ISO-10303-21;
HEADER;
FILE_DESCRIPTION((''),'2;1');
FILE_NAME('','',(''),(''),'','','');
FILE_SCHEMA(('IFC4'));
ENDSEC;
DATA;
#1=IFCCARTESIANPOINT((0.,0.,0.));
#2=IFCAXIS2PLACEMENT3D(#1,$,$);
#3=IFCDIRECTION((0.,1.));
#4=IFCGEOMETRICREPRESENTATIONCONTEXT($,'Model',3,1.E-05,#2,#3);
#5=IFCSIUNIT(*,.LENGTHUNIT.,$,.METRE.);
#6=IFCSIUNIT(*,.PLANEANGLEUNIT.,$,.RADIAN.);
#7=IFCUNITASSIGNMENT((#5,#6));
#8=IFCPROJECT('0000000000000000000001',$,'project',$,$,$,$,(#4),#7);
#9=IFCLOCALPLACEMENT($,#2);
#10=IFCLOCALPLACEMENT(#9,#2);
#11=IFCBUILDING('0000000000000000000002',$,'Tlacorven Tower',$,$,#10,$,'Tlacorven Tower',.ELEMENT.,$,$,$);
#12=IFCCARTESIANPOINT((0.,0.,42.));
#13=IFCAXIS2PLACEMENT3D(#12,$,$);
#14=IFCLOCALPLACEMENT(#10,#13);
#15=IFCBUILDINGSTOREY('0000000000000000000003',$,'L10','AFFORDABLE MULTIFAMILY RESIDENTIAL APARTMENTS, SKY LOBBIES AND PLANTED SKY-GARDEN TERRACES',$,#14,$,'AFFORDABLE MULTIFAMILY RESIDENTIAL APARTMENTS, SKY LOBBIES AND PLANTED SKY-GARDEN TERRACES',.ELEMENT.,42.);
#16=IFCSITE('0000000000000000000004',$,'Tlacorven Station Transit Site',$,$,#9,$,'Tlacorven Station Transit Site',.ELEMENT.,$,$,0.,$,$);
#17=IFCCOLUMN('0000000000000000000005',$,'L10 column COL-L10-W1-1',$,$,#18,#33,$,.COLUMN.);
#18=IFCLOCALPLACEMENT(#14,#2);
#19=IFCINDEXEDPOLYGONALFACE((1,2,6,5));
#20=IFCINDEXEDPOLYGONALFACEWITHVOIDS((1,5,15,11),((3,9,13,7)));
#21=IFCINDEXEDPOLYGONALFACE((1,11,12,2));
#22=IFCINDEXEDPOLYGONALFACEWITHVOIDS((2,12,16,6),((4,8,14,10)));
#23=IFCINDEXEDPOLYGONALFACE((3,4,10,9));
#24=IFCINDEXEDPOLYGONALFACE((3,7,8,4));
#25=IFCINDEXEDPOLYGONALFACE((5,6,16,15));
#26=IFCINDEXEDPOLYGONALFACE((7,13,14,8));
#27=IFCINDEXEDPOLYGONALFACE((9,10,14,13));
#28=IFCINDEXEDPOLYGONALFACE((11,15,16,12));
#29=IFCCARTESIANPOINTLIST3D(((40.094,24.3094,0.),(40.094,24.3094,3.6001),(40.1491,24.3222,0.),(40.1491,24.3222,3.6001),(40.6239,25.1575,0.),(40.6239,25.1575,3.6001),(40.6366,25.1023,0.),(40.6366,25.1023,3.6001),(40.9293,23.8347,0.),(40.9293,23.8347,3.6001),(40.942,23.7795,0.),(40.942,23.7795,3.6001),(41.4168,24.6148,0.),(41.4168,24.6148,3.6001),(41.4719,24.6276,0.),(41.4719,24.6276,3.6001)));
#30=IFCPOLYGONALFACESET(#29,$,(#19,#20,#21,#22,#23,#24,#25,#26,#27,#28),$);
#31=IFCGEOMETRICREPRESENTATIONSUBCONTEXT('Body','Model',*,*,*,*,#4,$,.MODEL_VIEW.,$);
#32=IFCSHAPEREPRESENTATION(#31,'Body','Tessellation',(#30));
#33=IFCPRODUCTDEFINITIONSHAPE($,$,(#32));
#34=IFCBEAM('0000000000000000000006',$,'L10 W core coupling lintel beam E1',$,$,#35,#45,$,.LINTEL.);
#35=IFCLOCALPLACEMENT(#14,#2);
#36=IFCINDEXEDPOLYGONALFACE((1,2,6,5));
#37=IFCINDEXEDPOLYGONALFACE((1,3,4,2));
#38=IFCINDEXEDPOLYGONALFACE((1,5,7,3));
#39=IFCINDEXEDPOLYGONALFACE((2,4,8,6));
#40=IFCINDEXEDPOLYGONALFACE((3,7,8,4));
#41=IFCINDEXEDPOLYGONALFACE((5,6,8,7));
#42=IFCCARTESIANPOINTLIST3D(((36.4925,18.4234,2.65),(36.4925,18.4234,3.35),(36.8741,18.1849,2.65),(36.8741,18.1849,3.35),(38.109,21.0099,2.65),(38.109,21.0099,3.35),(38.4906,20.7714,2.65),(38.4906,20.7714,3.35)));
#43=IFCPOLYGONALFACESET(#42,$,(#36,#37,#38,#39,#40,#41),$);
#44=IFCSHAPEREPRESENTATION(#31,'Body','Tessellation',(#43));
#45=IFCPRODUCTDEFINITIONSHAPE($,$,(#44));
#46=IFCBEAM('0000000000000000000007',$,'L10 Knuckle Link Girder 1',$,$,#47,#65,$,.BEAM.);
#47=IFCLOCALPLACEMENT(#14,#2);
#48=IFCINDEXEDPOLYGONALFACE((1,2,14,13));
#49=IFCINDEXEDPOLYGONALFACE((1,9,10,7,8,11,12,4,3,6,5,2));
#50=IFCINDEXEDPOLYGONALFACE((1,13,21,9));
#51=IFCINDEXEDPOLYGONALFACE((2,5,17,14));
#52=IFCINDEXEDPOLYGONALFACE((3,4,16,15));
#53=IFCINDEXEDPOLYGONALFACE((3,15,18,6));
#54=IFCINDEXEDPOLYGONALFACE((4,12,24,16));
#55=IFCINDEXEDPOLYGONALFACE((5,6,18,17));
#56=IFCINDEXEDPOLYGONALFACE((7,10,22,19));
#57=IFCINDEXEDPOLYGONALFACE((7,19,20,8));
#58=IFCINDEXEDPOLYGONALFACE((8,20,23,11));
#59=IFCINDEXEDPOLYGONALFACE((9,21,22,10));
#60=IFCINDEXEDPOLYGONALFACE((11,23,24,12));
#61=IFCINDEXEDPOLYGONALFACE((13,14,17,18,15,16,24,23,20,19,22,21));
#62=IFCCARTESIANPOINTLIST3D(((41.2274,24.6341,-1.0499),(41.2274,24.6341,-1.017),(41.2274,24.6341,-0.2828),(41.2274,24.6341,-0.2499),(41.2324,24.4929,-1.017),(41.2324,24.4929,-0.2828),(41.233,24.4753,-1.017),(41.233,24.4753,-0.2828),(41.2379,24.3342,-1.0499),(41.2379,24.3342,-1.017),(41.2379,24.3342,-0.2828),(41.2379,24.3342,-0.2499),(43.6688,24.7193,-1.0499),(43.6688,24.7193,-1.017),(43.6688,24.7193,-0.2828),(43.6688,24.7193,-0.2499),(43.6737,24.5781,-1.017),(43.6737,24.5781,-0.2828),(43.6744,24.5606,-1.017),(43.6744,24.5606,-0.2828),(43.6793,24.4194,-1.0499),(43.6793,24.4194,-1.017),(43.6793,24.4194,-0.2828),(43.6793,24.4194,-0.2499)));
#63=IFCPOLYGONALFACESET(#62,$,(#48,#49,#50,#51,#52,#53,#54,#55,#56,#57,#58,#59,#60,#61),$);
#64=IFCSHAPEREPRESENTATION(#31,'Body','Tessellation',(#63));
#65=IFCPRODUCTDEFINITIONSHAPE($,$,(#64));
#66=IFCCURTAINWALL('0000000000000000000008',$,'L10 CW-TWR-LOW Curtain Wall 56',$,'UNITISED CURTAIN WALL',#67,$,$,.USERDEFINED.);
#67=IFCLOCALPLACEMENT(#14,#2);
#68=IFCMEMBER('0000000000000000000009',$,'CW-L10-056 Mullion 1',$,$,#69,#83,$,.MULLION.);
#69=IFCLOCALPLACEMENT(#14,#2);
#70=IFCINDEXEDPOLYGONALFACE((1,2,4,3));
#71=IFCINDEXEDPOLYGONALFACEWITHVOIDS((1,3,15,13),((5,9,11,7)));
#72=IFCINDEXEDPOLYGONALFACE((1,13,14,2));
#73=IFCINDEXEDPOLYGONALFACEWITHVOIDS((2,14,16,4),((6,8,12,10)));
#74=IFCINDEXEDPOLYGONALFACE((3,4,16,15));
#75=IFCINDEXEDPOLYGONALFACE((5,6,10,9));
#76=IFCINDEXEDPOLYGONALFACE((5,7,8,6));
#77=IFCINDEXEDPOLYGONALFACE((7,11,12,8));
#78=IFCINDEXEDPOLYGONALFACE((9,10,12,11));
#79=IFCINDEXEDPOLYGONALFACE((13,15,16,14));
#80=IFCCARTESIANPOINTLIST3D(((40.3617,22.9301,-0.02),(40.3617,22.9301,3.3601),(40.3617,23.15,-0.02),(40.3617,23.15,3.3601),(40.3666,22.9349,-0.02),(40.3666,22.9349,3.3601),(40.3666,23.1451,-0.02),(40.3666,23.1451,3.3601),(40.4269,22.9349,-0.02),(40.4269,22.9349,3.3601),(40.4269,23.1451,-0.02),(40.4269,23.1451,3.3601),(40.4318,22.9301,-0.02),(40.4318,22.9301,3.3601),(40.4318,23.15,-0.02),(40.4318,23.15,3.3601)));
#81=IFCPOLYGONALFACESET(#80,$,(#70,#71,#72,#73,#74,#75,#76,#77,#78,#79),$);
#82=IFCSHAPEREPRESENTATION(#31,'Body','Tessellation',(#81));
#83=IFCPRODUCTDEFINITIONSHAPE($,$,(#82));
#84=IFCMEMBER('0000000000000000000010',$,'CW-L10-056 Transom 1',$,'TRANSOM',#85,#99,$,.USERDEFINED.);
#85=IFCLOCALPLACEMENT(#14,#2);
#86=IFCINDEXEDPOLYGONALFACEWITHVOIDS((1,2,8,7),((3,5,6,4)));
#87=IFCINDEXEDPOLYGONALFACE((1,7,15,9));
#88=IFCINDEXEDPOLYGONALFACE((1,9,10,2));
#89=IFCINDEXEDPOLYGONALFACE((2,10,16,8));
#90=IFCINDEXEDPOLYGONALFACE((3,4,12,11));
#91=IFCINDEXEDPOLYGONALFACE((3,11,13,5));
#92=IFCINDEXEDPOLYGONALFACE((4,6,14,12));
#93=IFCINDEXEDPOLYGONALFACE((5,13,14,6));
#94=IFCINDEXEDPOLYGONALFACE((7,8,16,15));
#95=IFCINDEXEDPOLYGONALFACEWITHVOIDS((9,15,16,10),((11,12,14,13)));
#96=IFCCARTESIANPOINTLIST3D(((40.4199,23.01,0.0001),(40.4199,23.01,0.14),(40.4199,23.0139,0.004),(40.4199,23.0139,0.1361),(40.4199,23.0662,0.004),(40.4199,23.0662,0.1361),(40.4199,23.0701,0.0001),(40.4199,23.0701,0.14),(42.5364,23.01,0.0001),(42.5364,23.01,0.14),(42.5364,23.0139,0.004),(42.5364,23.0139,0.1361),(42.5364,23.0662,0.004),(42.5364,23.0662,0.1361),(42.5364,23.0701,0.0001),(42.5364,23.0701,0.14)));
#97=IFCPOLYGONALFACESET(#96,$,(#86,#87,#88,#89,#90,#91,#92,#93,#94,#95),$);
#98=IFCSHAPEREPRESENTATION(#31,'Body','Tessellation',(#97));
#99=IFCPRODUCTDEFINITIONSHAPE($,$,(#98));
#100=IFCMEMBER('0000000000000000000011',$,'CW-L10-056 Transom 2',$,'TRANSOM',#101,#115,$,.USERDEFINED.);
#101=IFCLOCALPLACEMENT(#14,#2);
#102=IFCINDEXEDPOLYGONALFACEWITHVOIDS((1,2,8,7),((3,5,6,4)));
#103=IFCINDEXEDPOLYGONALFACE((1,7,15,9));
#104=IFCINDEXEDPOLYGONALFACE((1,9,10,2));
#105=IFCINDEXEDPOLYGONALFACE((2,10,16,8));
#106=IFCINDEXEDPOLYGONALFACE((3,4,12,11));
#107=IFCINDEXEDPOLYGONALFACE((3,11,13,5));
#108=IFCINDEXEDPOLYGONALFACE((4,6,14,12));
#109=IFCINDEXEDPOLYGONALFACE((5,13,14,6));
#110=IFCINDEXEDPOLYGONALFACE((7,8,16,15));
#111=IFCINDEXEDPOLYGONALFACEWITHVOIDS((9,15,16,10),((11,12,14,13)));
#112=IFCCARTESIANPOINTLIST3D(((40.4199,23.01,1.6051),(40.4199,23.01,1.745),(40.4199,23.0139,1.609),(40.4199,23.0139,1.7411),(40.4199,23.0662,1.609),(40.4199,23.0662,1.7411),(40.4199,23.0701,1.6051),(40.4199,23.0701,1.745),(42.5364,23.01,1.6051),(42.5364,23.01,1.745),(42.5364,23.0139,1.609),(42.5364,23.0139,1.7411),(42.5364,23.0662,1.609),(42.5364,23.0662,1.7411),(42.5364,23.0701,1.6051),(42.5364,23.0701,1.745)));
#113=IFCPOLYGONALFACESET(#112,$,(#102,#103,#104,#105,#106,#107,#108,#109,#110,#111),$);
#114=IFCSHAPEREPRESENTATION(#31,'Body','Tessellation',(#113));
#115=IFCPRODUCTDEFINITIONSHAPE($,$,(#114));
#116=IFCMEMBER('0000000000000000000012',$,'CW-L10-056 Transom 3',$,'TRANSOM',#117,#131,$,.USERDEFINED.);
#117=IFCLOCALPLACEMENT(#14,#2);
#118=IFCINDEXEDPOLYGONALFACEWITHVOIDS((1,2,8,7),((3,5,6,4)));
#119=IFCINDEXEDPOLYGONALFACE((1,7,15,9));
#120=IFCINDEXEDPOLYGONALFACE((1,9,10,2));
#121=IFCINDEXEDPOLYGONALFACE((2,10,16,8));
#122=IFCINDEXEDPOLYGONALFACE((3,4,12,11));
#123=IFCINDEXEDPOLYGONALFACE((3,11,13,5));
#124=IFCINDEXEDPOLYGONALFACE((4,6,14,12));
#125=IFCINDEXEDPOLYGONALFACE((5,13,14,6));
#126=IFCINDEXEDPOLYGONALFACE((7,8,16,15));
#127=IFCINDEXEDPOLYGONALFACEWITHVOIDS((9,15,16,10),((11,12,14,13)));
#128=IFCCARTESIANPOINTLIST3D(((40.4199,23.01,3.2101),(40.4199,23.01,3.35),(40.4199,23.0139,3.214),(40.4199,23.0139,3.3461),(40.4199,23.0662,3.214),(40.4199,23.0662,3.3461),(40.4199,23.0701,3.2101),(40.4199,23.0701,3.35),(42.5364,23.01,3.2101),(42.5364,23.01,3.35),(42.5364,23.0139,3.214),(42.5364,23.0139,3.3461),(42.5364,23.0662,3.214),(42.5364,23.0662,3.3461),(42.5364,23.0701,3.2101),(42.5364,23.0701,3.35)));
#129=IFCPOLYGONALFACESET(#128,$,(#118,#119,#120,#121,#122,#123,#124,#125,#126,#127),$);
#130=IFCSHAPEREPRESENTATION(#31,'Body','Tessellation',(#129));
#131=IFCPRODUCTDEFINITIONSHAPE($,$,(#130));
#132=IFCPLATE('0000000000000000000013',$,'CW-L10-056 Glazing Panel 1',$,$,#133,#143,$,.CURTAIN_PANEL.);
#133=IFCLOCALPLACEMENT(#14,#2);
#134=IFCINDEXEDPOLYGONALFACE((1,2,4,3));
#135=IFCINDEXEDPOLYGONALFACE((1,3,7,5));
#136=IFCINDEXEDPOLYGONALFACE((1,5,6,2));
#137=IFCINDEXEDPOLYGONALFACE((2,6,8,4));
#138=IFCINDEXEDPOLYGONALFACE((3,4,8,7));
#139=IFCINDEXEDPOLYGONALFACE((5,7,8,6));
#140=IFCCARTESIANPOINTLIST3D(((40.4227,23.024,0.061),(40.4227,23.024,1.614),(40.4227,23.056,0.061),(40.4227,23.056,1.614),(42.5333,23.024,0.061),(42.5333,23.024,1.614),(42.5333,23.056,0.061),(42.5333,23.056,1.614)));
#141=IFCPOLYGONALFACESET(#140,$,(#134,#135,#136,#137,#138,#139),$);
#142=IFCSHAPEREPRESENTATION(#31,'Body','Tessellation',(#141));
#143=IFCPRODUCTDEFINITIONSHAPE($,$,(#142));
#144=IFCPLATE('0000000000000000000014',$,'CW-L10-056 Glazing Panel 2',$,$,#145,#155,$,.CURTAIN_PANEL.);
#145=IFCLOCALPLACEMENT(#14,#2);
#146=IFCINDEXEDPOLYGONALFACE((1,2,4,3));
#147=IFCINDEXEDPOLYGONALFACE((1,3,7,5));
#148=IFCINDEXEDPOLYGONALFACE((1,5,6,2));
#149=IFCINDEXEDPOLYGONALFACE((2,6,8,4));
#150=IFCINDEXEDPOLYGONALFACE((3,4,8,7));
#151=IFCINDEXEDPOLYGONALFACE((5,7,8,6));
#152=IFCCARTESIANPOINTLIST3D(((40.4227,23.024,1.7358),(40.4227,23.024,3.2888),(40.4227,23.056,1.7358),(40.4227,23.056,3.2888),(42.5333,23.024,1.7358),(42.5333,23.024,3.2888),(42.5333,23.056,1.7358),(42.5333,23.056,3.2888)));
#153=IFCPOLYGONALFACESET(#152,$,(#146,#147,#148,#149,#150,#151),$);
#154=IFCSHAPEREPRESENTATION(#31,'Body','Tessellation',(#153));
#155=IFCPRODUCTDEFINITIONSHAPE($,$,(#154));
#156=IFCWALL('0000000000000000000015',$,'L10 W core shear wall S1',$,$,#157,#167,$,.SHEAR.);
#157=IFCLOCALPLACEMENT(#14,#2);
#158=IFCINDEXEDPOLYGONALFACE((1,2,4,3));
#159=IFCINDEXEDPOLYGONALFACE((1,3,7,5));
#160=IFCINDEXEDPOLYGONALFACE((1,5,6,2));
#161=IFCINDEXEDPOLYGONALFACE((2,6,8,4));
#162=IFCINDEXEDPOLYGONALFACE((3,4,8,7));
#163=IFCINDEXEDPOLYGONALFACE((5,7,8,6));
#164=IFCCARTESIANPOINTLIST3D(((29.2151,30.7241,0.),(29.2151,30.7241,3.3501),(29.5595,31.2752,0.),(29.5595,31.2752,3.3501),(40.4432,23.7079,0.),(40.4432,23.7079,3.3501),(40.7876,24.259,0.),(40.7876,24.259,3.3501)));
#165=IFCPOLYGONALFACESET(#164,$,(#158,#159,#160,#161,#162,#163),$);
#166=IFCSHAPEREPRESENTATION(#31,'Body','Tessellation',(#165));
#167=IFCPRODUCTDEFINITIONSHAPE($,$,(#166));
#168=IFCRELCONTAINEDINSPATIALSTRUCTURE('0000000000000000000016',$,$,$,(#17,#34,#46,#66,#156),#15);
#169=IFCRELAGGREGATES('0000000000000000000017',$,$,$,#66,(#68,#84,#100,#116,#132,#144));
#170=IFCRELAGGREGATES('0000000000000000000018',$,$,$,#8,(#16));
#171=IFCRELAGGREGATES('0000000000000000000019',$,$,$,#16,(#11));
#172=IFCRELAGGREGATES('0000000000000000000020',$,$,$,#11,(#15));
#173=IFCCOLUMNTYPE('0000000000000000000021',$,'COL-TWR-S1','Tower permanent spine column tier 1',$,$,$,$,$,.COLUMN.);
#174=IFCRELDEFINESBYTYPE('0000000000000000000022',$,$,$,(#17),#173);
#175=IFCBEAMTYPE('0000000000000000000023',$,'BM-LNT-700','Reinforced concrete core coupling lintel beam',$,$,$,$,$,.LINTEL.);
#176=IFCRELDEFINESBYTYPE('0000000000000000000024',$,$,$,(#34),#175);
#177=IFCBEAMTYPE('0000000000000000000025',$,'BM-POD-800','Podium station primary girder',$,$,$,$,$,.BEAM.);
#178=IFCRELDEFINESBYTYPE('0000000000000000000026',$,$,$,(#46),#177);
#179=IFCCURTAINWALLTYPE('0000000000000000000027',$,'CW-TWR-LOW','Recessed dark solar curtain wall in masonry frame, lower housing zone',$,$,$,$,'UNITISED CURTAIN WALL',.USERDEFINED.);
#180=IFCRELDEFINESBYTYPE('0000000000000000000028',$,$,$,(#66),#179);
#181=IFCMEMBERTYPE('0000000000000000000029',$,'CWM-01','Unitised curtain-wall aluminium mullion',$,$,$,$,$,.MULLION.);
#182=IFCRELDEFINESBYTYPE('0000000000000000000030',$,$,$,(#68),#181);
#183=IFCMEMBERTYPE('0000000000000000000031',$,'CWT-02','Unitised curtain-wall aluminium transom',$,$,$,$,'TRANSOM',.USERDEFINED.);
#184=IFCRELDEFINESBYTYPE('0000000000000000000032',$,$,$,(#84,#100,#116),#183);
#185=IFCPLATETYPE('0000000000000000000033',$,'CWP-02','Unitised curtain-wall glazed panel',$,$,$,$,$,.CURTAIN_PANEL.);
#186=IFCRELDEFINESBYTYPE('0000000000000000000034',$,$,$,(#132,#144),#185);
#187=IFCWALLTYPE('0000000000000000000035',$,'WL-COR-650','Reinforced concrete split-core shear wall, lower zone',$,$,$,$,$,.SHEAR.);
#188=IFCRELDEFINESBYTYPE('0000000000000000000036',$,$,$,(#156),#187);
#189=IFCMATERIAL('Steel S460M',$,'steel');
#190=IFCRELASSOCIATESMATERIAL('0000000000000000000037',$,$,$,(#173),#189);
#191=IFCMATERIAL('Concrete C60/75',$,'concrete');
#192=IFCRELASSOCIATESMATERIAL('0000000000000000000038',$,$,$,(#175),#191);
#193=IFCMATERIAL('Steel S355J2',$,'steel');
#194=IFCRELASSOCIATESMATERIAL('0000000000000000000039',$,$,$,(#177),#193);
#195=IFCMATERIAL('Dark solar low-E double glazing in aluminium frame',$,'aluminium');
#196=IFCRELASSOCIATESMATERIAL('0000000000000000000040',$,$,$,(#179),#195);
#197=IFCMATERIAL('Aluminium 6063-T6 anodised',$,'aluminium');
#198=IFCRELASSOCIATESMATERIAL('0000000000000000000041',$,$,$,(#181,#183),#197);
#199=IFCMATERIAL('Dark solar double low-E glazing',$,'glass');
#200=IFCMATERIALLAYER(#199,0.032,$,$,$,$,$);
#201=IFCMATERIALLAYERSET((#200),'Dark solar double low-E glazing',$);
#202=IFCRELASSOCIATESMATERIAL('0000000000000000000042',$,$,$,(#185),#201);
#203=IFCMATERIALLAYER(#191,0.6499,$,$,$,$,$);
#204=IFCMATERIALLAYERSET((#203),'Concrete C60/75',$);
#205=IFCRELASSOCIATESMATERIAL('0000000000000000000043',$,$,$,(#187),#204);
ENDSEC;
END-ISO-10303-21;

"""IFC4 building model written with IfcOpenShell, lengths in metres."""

from ifc_helpers import new_model, si_unit, direction, frame, frame_2d, origin, origin_2d, place, context, subcontext, project, spatial, rectangle, hollow_rectangle, i_section, extrude, source, transform, mapped, material, layer, layer_set, material_profile, profile_set, type_object, element, aggregate, save


model = new_model("IFC4")

# Units and contexts
model_context = context("Model", 3, precision=1e-05, world=origin(), true_north=direction((0.0, 1.0)))
body_context = subcontext(model_context, "Body", "Model", "MODEL_VIEW")
ifc_project = project(units=[si_unit("LENGTHUNIT", "METRE"), si_unit("PLANEANGLEUNIT", "RADIAN")], contexts=[model_context])

# Site, building, storey
site_placement = place(None, origin())
site = spatial("IfcSite", under=ifc_project, at=site_placement, Name="Tlacorven Station Transit Site", LongName="Tlacorven Station Transit Site", CompositionType="ELEMENT", RefElevation=0.0)
building_placement = place(site_placement, origin())
building = spatial("IfcBuilding", under=site, at=building_placement, Name="Tlacorven Tower", LongName="Tlacorven Tower", CompositionType="ELEMENT")
storey_placement = place(building_placement, frame((0.0, 0.0, 42.0)))
storey = spatial("IfcBuildingStorey", under=building, at=storey_placement, Name="L10", Description="AFFORDABLE MULTIFAMILY RESIDENTIAL APARTMENTS, SKY LOBBIES AND PLANTED SKY-GARDEN TERRACES", LongName="AFFORDABLE MULTIFAMILY RESIDENTIAL APARTMENTS, SKY LOBBIES AND PLANTED SKY-GARDEN TERRACES", CompositionType="ELEMENT", Elevation=42.0)

# Column
ifc_material_1 = material(Name="Steel S460M", Category="steel")
ifc_material_profile_1 = material_profile(ifc_material_1, hollow_rectangle(XDim=1.0, YDim=1.0, WallThickness=0.04, at=origin_2d()), Name="BOX 1000X1000X40")
ifc_profile_set_1 = profile_set([ifc_material_profile_1], Name="Steel S460M")
column_type = type_object("IfcColumnType", Name="COL-TWR-S1", Description="Tower permanent spine column tier 1", PredefinedType="COLUMN", material=ifc_profile_set_1)
shared_shape_1 = source(origin(), body_context, "Body", "SweptSolid", [
    extrude(hollow_rectangle(XDim=1.0, YDim=1.0, WallThickness=0.04, at=origin_2d()), origin(), (0.0, 0.0, 1.0), 3.6001),
])
column_placement = place(storey_placement, frame((40.783, 24.4685, 0.0), z_axis=(0.0, 0.0, 1.0), x_axis=(-0.848048, 0.529919, 0.0)))
element("IfcColumn", 1, at=column_placement, inside=storey, type_object=column_type, Name="L10 column COL-L10-W1-1", PredefinedType="COLUMN", context=body_context, shape_type="MappedRepresentation", body=[
    mapped(shared_shape_1, transform((0.0, 0.0, 0.0), scale=1.0)),
])

# Beams
ifc_material_2 = material(Name="Concrete C60/75", Category="concrete")
ifc_material_profile_2 = material_profile(ifc_material_2, rectangle(XDim=0.45, YDim=0.7, at=origin_2d()), Name="RC 450X700")
ifc_profile_set_2 = profile_set([ifc_material_profile_2], Name="Concrete C60/75")
beam_type_1 = type_object("IfcBeamType", Name="BM-LNT-700", Description="Reinforced concrete core coupling lintel beam", PredefinedType="LINTEL", material=ifc_profile_set_2)
shared_shape_2 = source(origin(), body_context, "Body", "SweptSolid", [
    extrude(rectangle(XDim=0.45, YDim=0.7, at=origin_2d()), origin(), (0.0, 0.0, 1.0), 3.05),
])
beam_1_placement = place(storey_placement, frame((38.2998, 20.8906, 3.0), z_axis=(-0.529985, -0.848007, 0.0), x_axis=(0.848007, -0.529985, 0.0)))
element("IfcBeam", 2, at=beam_1_placement, inside=storey, type_object=beam_type_1, Name="L10 W core coupling lintel beam E1", PredefinedType="LINTEL", context=body_context, shape_type="MappedRepresentation", body=[
    mapped(shared_shape_2, transform((0.0, 0.0, 0.0), scale=1.0)),
])
ifc_material_3 = material(Name="Steel S355J2", Category="steel")
ifc_material_profile_3 = material_profile(ifc_material_3, i_section(OverallWidth=0.3, OverallDepth=0.8, WebThickness=0.0176, FlangeThickness=0.033, at=origin_2d()), Name="HEB 800")
ifc_profile_set_3 = profile_set([ifc_material_profile_3], Name="Steel S355J2")
beam_type_2 = type_object("IfcBeamType", Name="BM-POD-800", Description="Podium station primary girder", PredefinedType="BEAM", material=ifc_profile_set_3)
shared_shape_3 = source(origin(), body_context, "Body", "SweptSolid", [
    extrude(i_section(OverallWidth=0.3, OverallDepth=0.8, WebThickness=0.0176, FlangeThickness=0.033, at=origin_2d()), origin(), (0.0, 0.0, 1.0), 2.4429),
])
beam_2_placement = place(storey_placement, frame((41.2327, 24.4841, -0.6499), z_axis=(0.999392, 0.034879, 0.0), x_axis=(-0.034879, 0.999392, 0.0)))
element("IfcBeam", 3, at=beam_2_placement, inside=storey, type_object=beam_type_2, Name="L10 Knuckle Link Girder 1", PredefinedType="BEAM", context=body_context, shape_type="MappedRepresentation", body=[
    mapped(shared_shape_3, transform((0.0, 0.0, 0.0), scale=1.0)),
])

# Curtain wall, members, plates
ifc_material_4 = material(Name="Dark solar low-E double glazing in aluminium frame", Category="aluminium")
curtain_wall_type = type_object("IfcCurtainWallType", Name="CW-TWR-LOW", Description="Recessed dark solar curtain wall in masonry frame, lower housing zone", ElementType="UNITISED CURTAIN WALL", PredefinedType="USERDEFINED", material=ifc_material_4)
curtain_wall_placement = place(storey_placement, origin())
curtain_wall = element("IfcCurtainWall", 4, at=curtain_wall_placement, inside=storey, type_object=curtain_wall_type, Name="L10 CW-TWR-LOW Curtain Wall 56", ObjectType="UNITISED CURTAIN WALL", PredefinedType="USERDEFINED")
ifc_material_5 = material(Name="Aluminium 6063-T6 anodised", Category="aluminium")
ifc_material_profile_4 = material_profile(ifc_material_5, hollow_rectangle(XDim=0.0701, YDim=0.22, WallThickness=0.0049, at=origin_2d()), Name="ALU MULLION 70X220")
ifc_profile_set_4 = profile_set([ifc_material_profile_4], Name="Aluminium 6063-T6 anodised")
member_type_1 = type_object("IfcMemberType", Name="CWM-01", Description="Unitised curtain-wall aluminium mullion", PredefinedType="MULLION", material=ifc_profile_set_4)
shared_shape_4 = source(origin(), body_context, "Body", "SweptSolid", [
    extrude(hollow_rectangle(XDim=0.0701, YDim=0.22, WallThickness=0.0049, at=origin_2d()), origin(), (0.0, 0.0, 1.0), 3.3801),
])
member_1_placement = place(storey_placement, frame((40.3967, 23.04, -0.02), z_axis=(0.0, 0.0, 1.0), x_axis=(1.0, 0.0, 0.0)))
member_1 = element("IfcMember", 5, at=member_1_placement, type_object=member_type_1, Name="CW-L10-056 Mullion 1", PredefinedType="MULLION", context=body_context, shape_type="MappedRepresentation", body=[
    mapped(shared_shape_4, transform((0.0, 0.0, 0.0), scale=1.0)),
])
ifc_material_profile_5 = material_profile(ifc_material_5, hollow_rectangle(XDim=0.0601, YDim=0.1399, WallThickness=0.0039, at=origin_2d()), Name="ALU TRANSOM 60X140")
ifc_profile_set_5 = profile_set([ifc_material_profile_5], Name="Aluminium 6063-T6 anodised")
member_type_2 = type_object("IfcMemberType", Name="CWT-02", Description="Unitised curtain-wall aluminium transom", ElementType="TRANSOM", PredefinedType="USERDEFINED", material=ifc_profile_set_5)
shared_shape_5 = source(origin(), body_context, "Body", "SweptSolid", [
    extrude(hollow_rectangle(XDim=0.0601, YDim=0.1399, WallThickness=0.0039, at=origin_2d()), origin(), (0.0, 0.0, 1.0), 2.1165),
])
member_2_placement = place(storey_placement, frame((40.4199, 23.04, 0.0701), z_axis=(1.0, 0.0, 0.0), x_axis=(0.0, 1.0, 0.0)))
member_2 = element("IfcMember", 6, at=member_2_placement, type_object=member_type_2, Name="CW-L10-056 Transom 1", ObjectType="TRANSOM", PredefinedType="USERDEFINED", context=body_context, shape_type="MappedRepresentation", body=[
    mapped(shared_shape_5, transform((0.0, 0.0, 0.0), scale=1.0)),
])
member_3_placement = place(storey_placement, frame((40.4199, 23.04, 1.675), z_axis=(1.0, 0.0, 0.0), x_axis=(0.0, 1.0, 0.0)))
member_3 = element("IfcMember", 7, at=member_3_placement, type_object=member_type_2, Name="CW-L10-056 Transom 2", ObjectType="TRANSOM", PredefinedType="USERDEFINED", context=body_context, shape_type="MappedRepresentation", body=[
    mapped(shared_shape_5, transform((0.0, 0.0, 0.0), scale=1.0)),
])
member_4_placement = place(storey_placement, frame((40.4199, 23.04, 3.28), z_axis=(1.0, 0.0, 0.0), x_axis=(0.0, 1.0, 0.0)))
member_4 = element("IfcMember", 8, at=member_4_placement, type_object=member_type_2, Name="CW-L10-056 Transom 3", ObjectType="TRANSOM", PredefinedType="USERDEFINED", context=body_context, shape_type="MappedRepresentation", body=[
    mapped(shared_shape_5, transform((0.0, 0.0, 0.0), scale=1.0)),
])
ifc_material_6 = material(Name="Dark solar double low-E glazing", Category="glass")
ifc_layer_1 = layer(ifc_material_6, 0.032)
ifc_layer_set_1 = layer_set([ifc_layer_1], Name="Dark solar double low-E glazing")
plate_type = type_object("IfcPlateType", Name="CWP-02", Description="Unitised curtain-wall glazed panel", PredefinedType="CURTAIN_PANEL", material=ifc_layer_set_1)
shared_shape_6 = source(origin(), body_context, "Body", "SweptSolid", [
    extrude(rectangle(XDim=2.1106, YDim=0.032, at=origin_2d()), origin(), (0.0, 0.0, 1.0), 1.553),
])
plate_1_placement = place(storey_placement, frame((41.478, 23.04, 0.061), z_axis=(0.0, 0.0, 1.0), x_axis=(1.0, 0.0, 0.0)))
plate_1 = element("IfcPlate", 9, at=plate_1_placement, type_object=plate_type, Name="CW-L10-056 Glazing Panel 1", PredefinedType="CURTAIN_PANEL", context=body_context, shape_type="MappedRepresentation", body=[
    mapped(shared_shape_6, transform((0.0, 0.0, 0.0), scale=1.0)),
])
plate_2_placement = place(storey_placement, frame((41.478, 23.04, 1.7358), z_axis=(0.0, 0.0, 1.0), x_axis=(1.0, 0.0, 0.0)))
plate_2 = element("IfcPlate", 10, at=plate_2_placement, type_object=plate_type, Name="CW-L10-056 Glazing Panel 2", PredefinedType="CURTAIN_PANEL", context=body_context, shape_type="MappedRepresentation", body=[
    mapped(shared_shape_6, transform((0.0, 0.0, 0.0), scale=1.0)),
])
aggregate(curtain_wall, [member_1, member_2, member_3, member_4, plate_1, plate_2])

# Wall
ifc_layer_2 = layer(ifc_material_2, 0.6499)
ifc_layer_set_2 = layer_set([ifc_layer_2], Name="Concrete C60/75")
wall_type_1 = type_object("IfcWallType", Name="WL-COR-650", Description="Reinforced concrete split-core shear wall, lower zone", PredefinedType="SHEAR", material=ifc_layer_set_2)
wall_1_placement = place(storey_placement, frame((40.6155, 23.9834, 0.0), z_axis=(0.0, 0.0, 1.0), x_axis=(-0.848046, 0.529923, 0.0)))
element("IfcWall", 11, at=wall_1_placement, inside=storey, type_object=wall_type_1, Name="L10 W core shear wall S1", PredefinedType="SHEAR", context=body_context, shape_type="SweptSolid", body=[
    extrude(rectangle(XDim=13.24, YDim=0.6499, at=frame_2d((6.6201, 0.0))), origin(), (0.0, 0.0, 1.0), 3.3501),
])

save(model, "model.ifc")
